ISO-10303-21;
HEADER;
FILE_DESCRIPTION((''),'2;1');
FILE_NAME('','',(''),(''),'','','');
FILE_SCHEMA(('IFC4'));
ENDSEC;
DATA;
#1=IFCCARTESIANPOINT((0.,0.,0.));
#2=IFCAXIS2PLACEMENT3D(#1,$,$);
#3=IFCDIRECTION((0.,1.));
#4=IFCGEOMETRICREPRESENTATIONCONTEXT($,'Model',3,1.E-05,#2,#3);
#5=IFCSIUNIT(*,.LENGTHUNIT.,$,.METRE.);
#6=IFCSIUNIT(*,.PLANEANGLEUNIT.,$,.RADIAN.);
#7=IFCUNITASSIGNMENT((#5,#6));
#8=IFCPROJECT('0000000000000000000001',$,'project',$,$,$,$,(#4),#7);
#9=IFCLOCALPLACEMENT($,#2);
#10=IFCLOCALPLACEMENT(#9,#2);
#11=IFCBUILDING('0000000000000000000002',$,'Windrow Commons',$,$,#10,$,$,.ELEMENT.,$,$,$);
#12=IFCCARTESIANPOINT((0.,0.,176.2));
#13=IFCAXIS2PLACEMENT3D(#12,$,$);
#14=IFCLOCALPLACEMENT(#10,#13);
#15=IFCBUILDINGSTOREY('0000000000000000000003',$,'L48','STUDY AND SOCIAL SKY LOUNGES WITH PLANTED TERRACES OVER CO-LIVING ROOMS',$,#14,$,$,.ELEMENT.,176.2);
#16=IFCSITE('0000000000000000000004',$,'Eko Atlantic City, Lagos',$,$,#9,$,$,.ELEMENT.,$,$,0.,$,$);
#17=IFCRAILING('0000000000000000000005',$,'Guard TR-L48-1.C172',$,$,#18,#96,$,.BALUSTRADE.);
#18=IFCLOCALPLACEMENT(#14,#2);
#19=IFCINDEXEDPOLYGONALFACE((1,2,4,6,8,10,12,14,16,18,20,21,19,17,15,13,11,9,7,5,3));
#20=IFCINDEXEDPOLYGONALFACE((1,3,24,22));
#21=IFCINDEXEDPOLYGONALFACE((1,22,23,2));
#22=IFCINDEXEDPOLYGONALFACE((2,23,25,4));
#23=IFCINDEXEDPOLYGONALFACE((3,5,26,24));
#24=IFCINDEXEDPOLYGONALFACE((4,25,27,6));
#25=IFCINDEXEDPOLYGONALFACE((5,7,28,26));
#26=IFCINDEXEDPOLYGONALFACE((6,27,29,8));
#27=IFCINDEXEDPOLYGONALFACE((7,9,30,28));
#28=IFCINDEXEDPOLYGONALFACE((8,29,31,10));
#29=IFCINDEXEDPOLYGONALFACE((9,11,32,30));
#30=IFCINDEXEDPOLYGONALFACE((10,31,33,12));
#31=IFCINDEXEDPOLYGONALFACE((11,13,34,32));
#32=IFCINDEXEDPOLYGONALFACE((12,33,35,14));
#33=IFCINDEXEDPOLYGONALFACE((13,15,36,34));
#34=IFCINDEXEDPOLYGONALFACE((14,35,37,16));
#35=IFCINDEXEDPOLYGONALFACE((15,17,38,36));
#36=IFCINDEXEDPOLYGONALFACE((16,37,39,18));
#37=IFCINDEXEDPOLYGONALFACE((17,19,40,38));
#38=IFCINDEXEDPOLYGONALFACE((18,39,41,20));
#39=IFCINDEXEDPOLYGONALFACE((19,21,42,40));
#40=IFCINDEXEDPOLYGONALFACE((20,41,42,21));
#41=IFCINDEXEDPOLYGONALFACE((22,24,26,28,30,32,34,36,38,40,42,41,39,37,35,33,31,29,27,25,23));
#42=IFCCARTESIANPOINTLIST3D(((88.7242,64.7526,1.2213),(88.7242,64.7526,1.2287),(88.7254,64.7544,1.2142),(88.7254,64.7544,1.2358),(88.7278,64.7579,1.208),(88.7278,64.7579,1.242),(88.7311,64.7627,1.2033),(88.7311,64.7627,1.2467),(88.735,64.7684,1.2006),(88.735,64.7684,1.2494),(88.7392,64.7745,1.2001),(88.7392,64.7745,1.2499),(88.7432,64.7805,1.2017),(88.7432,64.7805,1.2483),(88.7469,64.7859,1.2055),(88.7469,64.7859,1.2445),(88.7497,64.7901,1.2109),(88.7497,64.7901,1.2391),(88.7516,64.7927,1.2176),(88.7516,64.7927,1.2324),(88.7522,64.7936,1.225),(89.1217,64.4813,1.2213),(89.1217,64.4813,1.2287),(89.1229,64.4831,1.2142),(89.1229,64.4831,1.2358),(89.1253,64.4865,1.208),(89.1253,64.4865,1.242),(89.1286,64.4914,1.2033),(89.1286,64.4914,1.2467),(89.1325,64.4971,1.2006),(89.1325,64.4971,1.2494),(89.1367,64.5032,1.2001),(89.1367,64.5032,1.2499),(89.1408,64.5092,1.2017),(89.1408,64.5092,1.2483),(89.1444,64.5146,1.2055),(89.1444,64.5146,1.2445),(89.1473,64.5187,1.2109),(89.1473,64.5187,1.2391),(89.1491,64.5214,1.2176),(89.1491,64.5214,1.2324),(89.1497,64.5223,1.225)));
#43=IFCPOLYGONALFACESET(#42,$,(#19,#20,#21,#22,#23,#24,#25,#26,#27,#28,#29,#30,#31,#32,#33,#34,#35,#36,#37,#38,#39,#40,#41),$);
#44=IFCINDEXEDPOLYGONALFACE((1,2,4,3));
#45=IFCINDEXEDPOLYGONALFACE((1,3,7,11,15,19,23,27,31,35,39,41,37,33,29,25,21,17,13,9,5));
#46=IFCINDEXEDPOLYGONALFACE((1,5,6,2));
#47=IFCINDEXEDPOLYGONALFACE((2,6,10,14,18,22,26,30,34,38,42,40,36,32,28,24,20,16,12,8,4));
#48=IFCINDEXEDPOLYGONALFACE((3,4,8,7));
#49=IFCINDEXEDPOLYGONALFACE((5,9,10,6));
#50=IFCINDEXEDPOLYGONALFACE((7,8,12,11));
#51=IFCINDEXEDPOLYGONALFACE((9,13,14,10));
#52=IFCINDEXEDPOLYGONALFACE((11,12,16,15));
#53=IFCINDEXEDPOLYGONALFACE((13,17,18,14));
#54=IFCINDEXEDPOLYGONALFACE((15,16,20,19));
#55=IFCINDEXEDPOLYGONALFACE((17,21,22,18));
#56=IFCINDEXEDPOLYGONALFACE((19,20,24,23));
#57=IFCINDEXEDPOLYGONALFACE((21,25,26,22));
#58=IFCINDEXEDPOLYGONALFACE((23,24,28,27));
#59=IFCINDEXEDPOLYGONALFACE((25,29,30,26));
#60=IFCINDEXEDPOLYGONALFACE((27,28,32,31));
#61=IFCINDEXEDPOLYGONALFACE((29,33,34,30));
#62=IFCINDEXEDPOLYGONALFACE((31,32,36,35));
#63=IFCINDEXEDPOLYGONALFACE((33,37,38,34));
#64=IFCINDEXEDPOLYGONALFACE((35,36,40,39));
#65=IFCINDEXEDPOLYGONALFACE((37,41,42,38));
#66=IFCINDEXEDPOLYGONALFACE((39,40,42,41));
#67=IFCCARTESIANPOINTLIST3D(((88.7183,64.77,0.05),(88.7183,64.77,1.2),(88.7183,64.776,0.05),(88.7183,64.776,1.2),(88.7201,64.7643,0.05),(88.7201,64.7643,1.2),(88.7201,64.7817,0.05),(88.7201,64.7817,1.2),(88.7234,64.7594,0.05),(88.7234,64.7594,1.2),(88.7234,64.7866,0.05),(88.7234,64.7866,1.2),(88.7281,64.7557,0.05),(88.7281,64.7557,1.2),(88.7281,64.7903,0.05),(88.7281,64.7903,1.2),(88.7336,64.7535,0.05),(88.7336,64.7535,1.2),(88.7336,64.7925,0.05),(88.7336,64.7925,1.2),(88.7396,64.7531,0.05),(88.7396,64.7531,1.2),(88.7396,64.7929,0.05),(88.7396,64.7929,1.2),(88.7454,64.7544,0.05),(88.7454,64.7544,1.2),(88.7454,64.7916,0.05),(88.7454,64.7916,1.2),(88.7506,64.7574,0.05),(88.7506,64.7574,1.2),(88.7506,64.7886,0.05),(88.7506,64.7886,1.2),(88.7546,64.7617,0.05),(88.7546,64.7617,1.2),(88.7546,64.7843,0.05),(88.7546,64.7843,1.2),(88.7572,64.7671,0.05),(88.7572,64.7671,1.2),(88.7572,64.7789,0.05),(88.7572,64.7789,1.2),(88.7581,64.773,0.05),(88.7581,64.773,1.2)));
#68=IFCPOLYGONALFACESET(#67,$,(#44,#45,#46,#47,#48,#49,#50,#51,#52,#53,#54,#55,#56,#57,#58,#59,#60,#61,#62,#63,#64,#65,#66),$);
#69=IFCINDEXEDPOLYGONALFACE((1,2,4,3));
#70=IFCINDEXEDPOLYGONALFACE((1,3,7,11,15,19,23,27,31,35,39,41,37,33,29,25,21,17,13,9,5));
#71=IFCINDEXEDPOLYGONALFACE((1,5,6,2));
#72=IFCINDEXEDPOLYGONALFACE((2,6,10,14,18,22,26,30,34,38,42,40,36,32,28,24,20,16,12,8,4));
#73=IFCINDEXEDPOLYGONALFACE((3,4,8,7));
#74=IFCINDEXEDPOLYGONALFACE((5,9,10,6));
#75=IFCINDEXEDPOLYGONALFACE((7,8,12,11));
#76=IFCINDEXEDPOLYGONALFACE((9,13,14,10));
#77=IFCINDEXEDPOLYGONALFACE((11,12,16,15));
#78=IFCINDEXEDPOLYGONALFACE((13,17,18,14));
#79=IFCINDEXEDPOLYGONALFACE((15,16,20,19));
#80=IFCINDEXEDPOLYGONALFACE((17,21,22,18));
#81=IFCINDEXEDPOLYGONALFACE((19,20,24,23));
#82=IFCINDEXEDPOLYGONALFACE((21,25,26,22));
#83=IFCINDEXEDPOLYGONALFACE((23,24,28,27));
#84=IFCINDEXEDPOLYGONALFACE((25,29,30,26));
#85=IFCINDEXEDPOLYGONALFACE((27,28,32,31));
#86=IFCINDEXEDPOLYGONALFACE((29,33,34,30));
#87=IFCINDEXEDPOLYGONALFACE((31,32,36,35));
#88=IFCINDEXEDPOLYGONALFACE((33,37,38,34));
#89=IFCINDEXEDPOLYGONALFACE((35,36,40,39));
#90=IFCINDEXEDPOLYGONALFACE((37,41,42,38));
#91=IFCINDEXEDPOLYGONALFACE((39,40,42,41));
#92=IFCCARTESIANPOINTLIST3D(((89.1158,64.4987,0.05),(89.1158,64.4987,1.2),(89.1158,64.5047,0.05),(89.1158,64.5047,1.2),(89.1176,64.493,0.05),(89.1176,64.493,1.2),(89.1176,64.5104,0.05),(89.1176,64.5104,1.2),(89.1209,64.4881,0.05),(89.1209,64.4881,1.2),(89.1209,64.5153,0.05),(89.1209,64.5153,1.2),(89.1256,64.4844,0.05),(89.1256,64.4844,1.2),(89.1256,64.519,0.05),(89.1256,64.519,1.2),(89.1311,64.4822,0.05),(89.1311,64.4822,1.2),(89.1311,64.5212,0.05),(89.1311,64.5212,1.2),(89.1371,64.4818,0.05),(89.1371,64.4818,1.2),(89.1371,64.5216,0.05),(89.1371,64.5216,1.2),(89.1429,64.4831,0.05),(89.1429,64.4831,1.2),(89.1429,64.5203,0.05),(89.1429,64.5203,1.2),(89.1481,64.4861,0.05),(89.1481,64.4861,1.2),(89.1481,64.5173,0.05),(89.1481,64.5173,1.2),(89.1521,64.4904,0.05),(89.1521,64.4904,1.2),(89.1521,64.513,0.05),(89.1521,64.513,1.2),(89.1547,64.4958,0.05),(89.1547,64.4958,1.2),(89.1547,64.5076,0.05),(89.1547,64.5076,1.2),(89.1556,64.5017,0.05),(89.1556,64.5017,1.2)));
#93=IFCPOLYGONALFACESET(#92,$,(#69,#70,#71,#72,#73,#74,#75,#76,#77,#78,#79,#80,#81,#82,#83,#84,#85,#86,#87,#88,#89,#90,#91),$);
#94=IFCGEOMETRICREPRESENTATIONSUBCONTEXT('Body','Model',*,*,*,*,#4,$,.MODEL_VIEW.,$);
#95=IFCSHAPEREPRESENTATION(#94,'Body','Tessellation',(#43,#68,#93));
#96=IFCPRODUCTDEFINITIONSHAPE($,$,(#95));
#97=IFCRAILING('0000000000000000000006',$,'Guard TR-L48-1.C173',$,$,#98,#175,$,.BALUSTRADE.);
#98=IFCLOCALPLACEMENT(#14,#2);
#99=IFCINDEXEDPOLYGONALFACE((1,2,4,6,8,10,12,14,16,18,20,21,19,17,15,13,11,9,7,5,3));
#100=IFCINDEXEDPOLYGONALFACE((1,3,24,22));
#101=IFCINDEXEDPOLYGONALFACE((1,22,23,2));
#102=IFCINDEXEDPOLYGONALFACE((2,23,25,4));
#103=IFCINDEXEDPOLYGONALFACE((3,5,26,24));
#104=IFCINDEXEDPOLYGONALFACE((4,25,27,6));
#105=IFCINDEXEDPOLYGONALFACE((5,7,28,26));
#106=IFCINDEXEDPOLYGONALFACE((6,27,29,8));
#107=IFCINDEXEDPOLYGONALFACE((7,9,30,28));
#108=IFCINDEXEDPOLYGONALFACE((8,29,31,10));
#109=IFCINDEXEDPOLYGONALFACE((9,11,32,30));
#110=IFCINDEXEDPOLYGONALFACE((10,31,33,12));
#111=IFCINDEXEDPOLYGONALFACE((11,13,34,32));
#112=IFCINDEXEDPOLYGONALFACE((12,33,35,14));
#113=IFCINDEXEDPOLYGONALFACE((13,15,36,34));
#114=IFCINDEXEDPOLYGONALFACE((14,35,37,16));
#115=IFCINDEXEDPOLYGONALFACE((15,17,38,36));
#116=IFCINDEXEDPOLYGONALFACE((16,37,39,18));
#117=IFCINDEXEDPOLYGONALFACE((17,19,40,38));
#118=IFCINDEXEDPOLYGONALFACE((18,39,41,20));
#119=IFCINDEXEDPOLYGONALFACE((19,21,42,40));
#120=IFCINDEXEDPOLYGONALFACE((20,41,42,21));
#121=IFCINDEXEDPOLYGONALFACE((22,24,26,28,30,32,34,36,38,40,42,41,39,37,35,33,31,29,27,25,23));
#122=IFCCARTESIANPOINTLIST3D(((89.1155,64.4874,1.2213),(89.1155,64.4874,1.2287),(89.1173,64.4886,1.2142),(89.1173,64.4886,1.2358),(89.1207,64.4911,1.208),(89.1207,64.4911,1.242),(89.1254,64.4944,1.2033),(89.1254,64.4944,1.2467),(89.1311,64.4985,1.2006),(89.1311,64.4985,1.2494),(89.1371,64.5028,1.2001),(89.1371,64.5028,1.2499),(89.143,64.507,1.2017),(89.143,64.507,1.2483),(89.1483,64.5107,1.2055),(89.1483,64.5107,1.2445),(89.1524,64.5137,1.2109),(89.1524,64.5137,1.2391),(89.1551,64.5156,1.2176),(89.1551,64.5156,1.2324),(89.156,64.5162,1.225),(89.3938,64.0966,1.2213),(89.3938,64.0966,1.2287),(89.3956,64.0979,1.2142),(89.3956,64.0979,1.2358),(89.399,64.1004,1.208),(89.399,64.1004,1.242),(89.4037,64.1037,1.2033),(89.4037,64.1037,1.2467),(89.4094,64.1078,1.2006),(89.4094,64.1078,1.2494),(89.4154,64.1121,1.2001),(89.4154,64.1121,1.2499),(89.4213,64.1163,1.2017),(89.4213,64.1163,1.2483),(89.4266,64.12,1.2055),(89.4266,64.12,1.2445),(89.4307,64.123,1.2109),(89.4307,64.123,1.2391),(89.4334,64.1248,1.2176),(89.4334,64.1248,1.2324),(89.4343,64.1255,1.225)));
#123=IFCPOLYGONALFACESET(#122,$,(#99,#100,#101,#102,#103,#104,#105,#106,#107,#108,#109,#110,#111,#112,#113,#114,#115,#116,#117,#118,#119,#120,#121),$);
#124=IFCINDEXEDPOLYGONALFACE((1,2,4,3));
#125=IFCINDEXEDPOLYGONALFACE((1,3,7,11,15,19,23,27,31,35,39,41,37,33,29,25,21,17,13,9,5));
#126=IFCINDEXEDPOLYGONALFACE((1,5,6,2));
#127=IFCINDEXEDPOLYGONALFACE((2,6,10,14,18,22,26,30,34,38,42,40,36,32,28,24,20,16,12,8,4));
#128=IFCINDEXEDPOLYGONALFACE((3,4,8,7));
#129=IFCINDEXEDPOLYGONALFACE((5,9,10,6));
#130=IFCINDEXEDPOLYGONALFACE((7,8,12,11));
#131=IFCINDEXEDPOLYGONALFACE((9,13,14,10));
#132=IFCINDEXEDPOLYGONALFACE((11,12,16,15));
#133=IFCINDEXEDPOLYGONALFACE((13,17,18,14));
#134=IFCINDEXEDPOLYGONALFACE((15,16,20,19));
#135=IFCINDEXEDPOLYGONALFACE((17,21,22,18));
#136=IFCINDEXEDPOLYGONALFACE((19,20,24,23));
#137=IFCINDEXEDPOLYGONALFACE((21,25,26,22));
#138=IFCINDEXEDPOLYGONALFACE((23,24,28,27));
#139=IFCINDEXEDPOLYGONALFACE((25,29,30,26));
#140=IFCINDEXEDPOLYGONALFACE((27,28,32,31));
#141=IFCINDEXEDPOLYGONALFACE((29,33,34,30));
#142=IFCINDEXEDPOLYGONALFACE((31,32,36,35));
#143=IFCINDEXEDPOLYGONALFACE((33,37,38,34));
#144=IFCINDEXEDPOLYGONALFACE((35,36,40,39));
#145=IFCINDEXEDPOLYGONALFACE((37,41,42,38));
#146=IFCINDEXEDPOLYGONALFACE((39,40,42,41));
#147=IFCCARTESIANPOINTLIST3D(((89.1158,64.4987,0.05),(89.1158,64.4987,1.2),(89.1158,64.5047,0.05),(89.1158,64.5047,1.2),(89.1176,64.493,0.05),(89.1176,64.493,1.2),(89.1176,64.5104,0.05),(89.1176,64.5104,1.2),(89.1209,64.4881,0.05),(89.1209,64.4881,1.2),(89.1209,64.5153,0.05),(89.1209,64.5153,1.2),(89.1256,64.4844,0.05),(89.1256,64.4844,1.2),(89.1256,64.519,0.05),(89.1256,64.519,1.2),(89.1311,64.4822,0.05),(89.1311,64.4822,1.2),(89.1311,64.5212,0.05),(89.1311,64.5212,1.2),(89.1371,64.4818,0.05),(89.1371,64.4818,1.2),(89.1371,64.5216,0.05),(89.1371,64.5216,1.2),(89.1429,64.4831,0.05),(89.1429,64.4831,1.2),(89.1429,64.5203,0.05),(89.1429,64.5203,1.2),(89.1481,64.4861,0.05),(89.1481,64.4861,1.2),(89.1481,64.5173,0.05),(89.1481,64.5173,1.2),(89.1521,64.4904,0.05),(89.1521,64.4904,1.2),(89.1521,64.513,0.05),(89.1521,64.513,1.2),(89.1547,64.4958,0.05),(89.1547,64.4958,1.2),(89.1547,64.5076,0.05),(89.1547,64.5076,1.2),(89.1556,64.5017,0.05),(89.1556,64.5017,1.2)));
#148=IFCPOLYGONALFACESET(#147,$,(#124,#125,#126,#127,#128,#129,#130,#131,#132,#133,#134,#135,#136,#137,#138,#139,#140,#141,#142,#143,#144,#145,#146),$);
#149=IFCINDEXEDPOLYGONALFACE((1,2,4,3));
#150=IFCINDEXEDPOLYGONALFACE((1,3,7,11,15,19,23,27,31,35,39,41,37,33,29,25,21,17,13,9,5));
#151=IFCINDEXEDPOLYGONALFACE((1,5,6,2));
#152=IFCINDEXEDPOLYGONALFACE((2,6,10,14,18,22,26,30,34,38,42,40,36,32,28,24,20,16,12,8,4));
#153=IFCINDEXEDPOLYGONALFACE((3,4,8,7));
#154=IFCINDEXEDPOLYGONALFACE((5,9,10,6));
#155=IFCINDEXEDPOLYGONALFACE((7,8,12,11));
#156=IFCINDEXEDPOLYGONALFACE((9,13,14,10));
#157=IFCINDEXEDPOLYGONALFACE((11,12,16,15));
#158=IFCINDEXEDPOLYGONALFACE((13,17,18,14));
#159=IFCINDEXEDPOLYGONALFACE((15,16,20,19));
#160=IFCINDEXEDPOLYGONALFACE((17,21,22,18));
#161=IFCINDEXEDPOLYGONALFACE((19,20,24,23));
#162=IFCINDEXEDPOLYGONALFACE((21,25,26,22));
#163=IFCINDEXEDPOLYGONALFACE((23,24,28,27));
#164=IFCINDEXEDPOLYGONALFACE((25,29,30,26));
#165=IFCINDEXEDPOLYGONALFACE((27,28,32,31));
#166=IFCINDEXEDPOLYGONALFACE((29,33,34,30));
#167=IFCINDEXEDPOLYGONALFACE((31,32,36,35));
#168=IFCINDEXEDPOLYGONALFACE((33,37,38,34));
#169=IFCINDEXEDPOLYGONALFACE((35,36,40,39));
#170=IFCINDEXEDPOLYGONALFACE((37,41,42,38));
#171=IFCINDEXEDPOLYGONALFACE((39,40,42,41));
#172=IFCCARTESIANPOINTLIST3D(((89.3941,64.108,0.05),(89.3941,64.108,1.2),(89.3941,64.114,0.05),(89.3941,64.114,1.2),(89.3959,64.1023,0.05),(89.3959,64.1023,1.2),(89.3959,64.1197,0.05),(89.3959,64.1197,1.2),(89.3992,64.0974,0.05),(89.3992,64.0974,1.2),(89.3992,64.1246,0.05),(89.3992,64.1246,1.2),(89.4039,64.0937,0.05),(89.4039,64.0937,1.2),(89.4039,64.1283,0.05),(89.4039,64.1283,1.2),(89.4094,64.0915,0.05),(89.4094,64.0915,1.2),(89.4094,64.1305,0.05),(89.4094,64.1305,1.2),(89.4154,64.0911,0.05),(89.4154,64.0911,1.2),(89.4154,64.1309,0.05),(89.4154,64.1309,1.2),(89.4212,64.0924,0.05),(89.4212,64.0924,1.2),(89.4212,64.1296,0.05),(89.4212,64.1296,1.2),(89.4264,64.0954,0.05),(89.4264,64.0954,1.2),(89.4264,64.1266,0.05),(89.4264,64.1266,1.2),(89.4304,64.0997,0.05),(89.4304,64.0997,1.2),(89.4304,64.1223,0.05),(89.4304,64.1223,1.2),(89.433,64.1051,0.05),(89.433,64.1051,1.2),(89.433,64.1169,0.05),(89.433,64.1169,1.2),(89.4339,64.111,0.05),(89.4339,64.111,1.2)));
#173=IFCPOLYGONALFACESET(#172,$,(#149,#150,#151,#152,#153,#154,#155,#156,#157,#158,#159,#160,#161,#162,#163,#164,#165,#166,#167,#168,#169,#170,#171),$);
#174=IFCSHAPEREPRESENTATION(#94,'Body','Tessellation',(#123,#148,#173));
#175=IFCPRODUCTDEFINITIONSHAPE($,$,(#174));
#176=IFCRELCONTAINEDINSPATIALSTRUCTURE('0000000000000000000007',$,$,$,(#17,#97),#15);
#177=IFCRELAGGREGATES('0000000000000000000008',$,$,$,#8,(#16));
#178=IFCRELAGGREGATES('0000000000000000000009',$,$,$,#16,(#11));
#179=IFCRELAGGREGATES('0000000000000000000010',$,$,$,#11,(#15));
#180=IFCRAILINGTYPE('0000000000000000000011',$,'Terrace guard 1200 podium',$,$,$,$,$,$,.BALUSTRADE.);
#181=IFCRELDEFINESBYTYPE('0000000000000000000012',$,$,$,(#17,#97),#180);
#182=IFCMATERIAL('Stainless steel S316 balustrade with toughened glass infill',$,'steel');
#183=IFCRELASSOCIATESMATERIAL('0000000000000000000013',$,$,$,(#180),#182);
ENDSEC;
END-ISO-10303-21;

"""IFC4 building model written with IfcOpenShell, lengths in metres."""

from ifc_helpers import new_model, si_unit, direction, frame, origin, origin_2d, place, context, subcontext, project, spatial, circle, extrude, material, type_object, element, save


model = new_model("IFC4")

# Units and contexts
model_context = context("Model", 3, precision=1e-05, world=origin(), true_north=direction((0.0, 1.0)))
body_context = subcontext(model_context, "Body", "Model", "MODEL_VIEW")
ifc_project = project(units=[si_unit("LENGTHUNIT", "METRE"), si_unit("PLANEANGLEUNIT", "RADIAN")], contexts=[model_context])

# Site, building, storey
site_placement = place(None, origin())
site = spatial("IfcSite", under=ifc_project, at=site_placement, Name="Eko Atlantic City, Lagos", CompositionType="ELEMENT", RefElevation=0.0)
building_placement = place(site_placement, origin())
building = spatial("IfcBuilding", under=site, at=building_placement, Name="Windrow Commons", CompositionType="ELEMENT")
storey_placement = place(building_placement, frame((0.0, 0.0, 176.2)))
storey = spatial("IfcBuildingStorey", under=building, at=storey_placement, Name="L48", Description="STUDY AND SOCIAL SKY LOUNGES WITH PLANTED TERRACES OVER CO-LIVING ROOMS", CompositionType="ELEMENT", Elevation=176.2)

# Railings
ifc_material_1 = material(Name="Stainless steel S316 balustrade with toughened glass infill", Category="steel")
railing_type_1 = type_object("IfcRailingType", Name="Terrace guard 1200 podium", PredefinedType="BALUSTRADE", material=ifc_material_1)
railing_1_placement = place(storey_placement, frame((88.7381, 64.773, 0.05)))
element("IfcRailing", 1, at=railing_1_placement, inside=storey, type_object=railing_type_1, Name="Guard TR-L48-1.C172", PredefinedType="BALUSTRADE", context=body_context, shape_type="SweptSolid", body=[
    extrude(circle(Radius=0.025, at=origin_2d()), frame((0.0, 0.0, 1.175), z_axis=(0.825959, -0.56373, 0.0), x_axis=(0.56373, 0.825959, 0.0)), (0.0, 0.0, 1.0), 0.4813),
    extrude(circle(Radius=0.02, at=origin_2d()), origin(), (0.0, 0.0, 1.0), 1.15),
    extrude(circle(Radius=0.02, at=origin_2d()), frame((0.3975, -0.2713, 0.0)), (0.0, 0.0, 1.0), 1.15),
])
railing_2_placement = place(storey_placement, frame((89.1356, 64.5017, 0.05)))
element("IfcRailing", 2, at=railing_2_placement, inside=storey, type_object=railing_type_1, Name="Guard TR-L48-1.C173", PredefinedType="BALUSTRADE", context=body_context, shape_type="SweptSolid", body=[
    extrude(circle(Radius=0.025, at=origin_2d()), frame((0.0, 0.0, 1.175), z_axis=(0.580173, -0.814493, 0.0), x_axis=(0.814493, 0.580173, 0.0)), (0.0, 0.0, 1.0), 0.4797),
    extrude(circle(Radius=0.02, at=origin_2d()), origin(), (0.0, 0.0, 1.0), 1.15),
    extrude(circle(Radius=0.02, at=origin_2d()), frame((0.2783, -0.3907, 0.0)), (0.0, 0.0, 1.0), 1.15),
])

save(model, "model.ifc")
